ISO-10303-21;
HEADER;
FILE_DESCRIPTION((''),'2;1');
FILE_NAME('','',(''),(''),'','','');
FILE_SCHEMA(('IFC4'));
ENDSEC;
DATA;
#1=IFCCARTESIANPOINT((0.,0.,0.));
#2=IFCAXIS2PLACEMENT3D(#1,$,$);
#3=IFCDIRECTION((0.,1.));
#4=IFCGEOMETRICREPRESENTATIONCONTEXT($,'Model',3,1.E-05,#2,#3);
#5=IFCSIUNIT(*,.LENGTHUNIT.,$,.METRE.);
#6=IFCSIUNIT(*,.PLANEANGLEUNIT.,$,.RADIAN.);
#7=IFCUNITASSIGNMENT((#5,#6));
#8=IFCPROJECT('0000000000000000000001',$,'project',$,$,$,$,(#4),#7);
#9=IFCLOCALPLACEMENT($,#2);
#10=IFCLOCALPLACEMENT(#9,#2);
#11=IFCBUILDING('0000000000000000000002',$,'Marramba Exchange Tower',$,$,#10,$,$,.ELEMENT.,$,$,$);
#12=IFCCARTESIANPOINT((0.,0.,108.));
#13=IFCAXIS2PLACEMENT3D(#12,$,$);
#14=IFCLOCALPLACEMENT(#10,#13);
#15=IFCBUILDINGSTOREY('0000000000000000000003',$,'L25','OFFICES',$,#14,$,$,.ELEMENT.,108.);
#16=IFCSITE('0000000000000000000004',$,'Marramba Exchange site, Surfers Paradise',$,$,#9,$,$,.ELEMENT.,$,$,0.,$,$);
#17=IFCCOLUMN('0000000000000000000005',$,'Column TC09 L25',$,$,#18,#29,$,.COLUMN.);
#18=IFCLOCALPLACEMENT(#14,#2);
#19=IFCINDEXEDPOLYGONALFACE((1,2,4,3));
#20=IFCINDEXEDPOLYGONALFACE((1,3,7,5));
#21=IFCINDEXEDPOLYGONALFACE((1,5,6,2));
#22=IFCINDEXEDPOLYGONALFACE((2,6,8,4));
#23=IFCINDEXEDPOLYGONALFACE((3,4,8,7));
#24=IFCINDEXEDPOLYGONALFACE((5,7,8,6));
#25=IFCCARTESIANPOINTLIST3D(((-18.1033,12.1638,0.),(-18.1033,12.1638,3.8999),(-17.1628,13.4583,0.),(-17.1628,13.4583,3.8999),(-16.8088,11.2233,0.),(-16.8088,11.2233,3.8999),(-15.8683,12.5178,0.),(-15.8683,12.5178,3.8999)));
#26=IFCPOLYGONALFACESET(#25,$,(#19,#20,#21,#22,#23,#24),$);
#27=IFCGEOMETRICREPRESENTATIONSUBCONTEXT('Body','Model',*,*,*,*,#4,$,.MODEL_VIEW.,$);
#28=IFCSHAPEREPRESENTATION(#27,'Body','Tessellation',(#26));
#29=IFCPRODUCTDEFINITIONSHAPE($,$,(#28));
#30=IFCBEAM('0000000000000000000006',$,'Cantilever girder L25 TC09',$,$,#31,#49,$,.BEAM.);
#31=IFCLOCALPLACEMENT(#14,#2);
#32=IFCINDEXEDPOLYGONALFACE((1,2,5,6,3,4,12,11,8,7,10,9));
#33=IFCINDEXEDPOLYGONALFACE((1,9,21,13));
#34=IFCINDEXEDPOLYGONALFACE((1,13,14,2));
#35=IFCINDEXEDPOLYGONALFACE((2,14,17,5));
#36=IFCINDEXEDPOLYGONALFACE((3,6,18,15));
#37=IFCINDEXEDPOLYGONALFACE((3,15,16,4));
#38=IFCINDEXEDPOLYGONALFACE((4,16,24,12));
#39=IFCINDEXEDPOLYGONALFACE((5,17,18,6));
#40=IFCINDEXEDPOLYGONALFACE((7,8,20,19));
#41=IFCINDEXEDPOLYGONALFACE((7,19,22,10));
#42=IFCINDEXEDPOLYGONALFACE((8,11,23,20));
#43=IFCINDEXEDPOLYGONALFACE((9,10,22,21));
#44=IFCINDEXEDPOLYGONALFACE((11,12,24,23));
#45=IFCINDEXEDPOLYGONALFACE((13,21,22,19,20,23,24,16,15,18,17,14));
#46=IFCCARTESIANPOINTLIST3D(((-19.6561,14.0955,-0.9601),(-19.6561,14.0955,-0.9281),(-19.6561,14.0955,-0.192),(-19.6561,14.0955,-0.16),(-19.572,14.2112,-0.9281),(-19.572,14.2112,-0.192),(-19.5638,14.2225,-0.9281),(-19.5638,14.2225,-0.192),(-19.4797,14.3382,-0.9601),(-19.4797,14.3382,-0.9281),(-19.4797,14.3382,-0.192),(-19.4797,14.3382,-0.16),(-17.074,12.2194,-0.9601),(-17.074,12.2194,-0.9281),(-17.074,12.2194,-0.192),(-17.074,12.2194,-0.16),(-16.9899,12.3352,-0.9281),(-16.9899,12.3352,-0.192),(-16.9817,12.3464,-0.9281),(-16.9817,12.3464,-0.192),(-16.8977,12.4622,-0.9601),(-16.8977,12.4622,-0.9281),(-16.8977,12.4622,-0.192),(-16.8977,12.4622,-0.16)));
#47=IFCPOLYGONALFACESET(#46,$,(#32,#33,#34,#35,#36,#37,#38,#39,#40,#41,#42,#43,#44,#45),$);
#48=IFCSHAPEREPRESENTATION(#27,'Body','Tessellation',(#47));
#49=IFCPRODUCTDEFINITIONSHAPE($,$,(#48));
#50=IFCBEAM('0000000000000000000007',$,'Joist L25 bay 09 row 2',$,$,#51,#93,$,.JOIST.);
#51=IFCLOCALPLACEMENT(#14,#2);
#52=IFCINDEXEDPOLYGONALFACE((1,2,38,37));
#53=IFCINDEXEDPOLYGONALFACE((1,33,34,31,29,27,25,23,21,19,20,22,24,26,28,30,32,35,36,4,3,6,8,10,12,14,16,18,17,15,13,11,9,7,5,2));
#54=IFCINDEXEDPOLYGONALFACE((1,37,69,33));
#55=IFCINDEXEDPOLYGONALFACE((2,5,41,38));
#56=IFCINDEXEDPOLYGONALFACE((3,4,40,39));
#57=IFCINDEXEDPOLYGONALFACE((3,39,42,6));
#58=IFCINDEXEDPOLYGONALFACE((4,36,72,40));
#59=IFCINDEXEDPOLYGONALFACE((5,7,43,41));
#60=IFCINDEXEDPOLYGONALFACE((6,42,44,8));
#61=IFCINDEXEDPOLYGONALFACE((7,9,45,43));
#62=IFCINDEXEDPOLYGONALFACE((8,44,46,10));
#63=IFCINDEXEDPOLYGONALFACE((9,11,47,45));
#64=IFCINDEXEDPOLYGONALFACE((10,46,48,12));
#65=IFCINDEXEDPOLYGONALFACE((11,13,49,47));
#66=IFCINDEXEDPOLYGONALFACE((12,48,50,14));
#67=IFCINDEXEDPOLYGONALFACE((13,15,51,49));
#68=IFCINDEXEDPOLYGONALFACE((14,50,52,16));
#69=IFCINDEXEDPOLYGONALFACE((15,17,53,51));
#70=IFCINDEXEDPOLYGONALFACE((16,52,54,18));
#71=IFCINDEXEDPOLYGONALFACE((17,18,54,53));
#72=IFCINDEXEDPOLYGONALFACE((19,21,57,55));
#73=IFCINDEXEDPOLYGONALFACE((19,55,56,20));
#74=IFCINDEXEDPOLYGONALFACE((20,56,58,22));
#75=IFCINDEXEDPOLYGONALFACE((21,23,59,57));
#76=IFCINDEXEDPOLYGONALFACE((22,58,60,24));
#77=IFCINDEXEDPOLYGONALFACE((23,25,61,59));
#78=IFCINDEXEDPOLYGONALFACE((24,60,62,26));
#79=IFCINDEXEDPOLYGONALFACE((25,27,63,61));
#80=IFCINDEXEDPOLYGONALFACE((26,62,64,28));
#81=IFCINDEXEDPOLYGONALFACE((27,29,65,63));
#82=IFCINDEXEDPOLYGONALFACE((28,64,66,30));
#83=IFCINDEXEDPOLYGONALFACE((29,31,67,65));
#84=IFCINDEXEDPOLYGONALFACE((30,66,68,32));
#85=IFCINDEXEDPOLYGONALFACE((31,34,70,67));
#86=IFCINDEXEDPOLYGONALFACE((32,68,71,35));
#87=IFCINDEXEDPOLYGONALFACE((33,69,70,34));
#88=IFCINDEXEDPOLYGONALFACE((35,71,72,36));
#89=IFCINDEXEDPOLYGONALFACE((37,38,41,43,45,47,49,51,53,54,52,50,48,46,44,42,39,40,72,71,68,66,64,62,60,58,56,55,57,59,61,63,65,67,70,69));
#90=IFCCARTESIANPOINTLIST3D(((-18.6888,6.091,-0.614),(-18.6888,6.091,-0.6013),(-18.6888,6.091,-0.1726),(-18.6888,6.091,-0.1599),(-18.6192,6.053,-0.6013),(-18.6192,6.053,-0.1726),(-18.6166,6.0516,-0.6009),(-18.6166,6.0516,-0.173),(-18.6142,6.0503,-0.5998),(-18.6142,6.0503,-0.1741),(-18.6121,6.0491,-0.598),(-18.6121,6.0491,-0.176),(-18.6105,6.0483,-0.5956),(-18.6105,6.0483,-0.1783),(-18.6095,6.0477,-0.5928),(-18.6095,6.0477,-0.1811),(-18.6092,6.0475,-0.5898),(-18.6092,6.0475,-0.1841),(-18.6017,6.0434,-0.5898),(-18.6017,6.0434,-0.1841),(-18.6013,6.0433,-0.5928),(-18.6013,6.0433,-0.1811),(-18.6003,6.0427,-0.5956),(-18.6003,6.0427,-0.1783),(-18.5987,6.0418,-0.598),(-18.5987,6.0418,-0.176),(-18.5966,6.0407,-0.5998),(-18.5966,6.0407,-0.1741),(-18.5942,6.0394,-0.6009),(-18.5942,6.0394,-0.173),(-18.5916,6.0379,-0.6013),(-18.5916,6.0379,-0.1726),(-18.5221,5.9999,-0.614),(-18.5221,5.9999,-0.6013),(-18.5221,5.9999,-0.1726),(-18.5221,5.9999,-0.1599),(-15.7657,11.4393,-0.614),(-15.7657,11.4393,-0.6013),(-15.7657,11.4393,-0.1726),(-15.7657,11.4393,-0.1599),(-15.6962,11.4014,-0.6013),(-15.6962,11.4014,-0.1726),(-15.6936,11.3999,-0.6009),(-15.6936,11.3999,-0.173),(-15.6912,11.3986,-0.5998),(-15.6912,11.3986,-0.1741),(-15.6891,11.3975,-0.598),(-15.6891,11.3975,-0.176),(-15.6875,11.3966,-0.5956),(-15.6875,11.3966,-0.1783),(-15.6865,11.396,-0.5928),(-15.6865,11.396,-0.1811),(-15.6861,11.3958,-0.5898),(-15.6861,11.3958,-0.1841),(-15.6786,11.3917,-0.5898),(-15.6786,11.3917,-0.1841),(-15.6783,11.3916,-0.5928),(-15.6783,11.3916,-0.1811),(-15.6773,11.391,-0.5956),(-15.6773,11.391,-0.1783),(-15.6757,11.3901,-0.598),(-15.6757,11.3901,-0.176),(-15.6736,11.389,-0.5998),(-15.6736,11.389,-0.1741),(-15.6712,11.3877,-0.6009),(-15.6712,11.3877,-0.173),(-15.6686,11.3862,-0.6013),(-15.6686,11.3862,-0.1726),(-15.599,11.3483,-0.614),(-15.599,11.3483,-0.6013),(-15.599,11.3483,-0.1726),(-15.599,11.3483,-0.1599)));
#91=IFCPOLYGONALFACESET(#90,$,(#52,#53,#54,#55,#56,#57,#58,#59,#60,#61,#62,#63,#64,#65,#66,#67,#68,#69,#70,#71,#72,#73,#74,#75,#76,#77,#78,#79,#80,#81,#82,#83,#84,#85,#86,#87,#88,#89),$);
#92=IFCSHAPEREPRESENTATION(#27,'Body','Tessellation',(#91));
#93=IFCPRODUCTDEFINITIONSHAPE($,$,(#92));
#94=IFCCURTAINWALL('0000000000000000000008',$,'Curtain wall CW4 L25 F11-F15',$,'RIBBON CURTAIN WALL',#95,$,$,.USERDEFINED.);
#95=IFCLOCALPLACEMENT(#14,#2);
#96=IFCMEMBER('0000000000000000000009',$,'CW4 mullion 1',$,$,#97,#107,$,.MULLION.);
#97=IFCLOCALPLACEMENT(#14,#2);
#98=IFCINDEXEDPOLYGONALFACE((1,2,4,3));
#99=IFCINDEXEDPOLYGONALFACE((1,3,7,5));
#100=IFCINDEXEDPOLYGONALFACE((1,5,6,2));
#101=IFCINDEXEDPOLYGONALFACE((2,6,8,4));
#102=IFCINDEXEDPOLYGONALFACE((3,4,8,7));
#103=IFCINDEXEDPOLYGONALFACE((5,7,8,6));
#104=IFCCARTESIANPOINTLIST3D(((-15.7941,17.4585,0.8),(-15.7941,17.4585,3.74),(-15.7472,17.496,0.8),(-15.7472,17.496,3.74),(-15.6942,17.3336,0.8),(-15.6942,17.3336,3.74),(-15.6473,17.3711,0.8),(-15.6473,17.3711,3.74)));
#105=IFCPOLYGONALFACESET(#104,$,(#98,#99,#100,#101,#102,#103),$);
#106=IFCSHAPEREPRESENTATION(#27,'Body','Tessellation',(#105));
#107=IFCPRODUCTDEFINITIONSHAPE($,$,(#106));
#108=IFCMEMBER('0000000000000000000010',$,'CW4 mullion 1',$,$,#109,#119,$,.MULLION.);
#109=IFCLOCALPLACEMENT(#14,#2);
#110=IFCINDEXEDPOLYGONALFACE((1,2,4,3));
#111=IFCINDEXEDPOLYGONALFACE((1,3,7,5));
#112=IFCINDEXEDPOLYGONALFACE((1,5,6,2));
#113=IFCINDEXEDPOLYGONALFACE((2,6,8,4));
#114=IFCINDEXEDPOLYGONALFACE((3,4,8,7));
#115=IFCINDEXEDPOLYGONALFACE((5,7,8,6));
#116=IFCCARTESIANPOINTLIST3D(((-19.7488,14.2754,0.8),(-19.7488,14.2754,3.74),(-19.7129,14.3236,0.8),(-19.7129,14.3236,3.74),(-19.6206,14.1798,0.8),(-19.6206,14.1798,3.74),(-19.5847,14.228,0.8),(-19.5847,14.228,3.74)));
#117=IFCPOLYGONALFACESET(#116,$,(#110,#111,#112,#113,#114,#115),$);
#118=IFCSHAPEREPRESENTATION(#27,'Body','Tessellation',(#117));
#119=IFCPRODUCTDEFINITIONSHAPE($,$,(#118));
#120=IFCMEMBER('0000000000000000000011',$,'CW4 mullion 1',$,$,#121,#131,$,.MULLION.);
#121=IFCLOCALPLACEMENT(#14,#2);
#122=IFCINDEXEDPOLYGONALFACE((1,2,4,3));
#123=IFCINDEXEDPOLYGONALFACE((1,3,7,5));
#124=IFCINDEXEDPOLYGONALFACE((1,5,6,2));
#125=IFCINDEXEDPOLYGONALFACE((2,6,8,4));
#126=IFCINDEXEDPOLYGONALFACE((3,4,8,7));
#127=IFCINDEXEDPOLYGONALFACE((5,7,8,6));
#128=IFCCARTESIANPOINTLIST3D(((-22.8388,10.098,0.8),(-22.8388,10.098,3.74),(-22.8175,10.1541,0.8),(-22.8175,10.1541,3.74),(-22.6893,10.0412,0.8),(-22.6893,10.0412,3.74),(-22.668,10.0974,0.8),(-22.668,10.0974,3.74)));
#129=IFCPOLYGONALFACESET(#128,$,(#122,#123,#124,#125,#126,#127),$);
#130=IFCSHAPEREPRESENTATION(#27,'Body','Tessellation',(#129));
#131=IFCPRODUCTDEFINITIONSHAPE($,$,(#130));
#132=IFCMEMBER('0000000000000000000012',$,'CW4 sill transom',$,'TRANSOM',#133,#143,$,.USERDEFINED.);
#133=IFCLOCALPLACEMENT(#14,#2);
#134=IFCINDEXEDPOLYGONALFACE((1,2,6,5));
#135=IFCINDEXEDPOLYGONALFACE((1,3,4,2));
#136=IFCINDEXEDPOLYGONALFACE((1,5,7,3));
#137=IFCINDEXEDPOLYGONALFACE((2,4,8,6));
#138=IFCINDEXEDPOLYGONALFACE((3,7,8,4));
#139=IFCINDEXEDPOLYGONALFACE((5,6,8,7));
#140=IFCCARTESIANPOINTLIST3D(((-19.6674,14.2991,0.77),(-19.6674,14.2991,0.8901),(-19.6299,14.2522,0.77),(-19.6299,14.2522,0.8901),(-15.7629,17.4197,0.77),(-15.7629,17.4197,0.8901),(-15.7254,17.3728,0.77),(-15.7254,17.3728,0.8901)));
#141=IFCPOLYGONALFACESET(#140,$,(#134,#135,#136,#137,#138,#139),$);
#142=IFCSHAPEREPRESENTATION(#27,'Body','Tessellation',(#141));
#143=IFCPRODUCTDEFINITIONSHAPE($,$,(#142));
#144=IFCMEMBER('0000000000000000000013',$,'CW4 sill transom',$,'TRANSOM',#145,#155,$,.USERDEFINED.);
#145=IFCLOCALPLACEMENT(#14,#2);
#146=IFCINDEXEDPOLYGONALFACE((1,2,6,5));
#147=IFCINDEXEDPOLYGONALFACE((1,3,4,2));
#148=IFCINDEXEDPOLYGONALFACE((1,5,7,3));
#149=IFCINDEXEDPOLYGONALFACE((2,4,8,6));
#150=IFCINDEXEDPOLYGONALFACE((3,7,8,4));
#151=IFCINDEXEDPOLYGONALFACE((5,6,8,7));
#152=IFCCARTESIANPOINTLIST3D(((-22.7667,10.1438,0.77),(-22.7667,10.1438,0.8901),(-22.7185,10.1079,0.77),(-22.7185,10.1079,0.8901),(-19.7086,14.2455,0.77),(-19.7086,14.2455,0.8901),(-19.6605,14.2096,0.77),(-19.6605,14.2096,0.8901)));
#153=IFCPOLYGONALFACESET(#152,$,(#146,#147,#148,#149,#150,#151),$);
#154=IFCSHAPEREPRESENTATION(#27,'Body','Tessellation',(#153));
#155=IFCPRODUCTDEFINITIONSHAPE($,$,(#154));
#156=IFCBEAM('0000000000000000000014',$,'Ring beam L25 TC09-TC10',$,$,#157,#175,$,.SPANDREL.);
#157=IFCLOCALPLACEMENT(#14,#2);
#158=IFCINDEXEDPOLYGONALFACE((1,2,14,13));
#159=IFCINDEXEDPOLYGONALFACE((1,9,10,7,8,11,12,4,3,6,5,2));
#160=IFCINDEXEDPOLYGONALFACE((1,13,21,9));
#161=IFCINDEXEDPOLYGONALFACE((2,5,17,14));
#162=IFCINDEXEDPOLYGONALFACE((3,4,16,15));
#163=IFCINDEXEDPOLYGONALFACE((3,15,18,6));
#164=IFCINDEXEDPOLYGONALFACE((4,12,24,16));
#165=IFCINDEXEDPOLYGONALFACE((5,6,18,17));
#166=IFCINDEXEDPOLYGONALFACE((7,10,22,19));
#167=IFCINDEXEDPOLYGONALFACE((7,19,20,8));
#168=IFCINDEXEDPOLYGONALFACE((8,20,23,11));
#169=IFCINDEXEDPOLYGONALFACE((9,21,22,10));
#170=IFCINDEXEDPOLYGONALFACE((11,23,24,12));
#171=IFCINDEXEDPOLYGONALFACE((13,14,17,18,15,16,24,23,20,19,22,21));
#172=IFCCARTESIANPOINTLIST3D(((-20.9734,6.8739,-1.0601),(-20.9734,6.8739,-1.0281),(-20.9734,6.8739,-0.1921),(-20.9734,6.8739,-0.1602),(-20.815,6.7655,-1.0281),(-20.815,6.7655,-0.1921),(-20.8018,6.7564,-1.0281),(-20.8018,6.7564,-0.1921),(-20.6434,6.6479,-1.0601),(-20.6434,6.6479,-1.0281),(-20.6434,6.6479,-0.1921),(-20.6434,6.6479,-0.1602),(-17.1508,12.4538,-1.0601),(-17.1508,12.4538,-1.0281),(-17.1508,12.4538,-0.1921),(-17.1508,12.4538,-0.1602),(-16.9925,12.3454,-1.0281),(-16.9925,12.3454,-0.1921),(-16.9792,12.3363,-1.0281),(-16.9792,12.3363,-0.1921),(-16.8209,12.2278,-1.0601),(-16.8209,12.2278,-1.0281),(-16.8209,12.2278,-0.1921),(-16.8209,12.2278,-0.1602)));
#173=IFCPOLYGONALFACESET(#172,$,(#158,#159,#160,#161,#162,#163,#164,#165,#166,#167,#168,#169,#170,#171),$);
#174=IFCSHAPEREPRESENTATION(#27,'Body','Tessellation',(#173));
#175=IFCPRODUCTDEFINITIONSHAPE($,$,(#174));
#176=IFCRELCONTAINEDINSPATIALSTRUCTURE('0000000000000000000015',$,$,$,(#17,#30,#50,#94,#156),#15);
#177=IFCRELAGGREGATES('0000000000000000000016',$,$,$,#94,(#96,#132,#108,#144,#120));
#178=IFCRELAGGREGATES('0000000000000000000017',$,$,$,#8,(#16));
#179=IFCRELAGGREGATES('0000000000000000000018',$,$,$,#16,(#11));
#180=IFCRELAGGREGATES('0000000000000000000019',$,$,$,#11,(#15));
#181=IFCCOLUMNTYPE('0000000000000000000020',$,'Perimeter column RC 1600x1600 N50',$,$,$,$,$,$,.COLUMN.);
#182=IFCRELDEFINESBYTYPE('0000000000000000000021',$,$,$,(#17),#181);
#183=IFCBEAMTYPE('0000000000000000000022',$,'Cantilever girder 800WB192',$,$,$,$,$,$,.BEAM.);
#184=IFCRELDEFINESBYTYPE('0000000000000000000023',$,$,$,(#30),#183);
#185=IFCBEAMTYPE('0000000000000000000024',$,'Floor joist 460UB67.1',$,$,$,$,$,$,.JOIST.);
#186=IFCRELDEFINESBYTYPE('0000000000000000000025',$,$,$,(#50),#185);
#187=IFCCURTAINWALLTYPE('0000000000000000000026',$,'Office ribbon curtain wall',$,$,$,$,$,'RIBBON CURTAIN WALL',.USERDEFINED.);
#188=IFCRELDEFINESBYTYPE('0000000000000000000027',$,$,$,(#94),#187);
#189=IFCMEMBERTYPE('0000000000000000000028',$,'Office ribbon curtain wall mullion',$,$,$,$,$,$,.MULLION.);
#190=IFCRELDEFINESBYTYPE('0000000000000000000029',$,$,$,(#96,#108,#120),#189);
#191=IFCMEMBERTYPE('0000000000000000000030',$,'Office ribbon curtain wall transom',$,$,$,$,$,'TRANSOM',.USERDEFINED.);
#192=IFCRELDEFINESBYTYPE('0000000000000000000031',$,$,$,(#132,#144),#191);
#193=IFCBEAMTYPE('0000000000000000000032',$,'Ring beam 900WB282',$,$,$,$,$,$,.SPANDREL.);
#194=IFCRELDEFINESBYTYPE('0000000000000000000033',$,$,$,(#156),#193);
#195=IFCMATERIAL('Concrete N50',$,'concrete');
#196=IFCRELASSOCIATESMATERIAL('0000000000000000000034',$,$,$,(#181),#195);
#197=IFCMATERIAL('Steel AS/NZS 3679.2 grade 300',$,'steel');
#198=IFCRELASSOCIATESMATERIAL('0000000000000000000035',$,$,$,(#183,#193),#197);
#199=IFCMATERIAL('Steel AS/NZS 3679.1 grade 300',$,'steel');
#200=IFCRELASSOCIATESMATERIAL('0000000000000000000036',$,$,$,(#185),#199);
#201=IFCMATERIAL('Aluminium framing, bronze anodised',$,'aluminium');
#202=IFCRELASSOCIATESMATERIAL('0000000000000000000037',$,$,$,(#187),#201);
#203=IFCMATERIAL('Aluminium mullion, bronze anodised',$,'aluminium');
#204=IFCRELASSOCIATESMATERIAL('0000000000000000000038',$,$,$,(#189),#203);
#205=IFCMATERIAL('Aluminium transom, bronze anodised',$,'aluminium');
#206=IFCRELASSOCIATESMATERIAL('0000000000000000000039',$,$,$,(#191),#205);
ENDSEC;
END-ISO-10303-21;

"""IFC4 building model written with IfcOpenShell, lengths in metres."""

from ifc_helpers import new_model, si_unit, direction, frame, origin, origin_2d, place, context, subcontext, project, spatial, rectangle, i_section, extrude, material, material_profile, profile_set, type_object, element, aggregate, save


model = new_model("IFC4")

# Units and contexts
model_context = context("Model", 3, precision=1e-05, world=origin(), true_north=direction((0.0, 1.0)))
body_context = subcontext(model_context, "Body", "Model", "MODEL_VIEW")
ifc_project = project(units=[si_unit("LENGTHUNIT", "METRE"), si_unit("PLANEANGLEUNIT", "RADIAN")], contexts=[model_context])

# Site, building, storey
site_placement = place(None, origin())
site = spatial("IfcSite", under=ifc_project, at=site_placement, Name="Marramba Exchange site, Surfers Paradise", CompositionType="ELEMENT", RefElevation=0.0)
building_placement = place(site_placement, origin())
building = spatial("IfcBuilding", under=site, at=building_placement, Name="Marramba Exchange Tower", CompositionType="ELEMENT")
storey_placement = place(building_placement, frame((0.0, 0.0, 108.0)))
storey = spatial("IfcBuildingStorey", under=building, at=storey_placement, Name="L25", Description="OFFICES", CompositionType="ELEMENT", Elevation=108.0)

# Column
ifc_material_1 = material(Name="Concrete N50", Category="concrete")
ifc_material_profile_1 = material_profile(ifc_material_1, rectangle(XDim=1.6001, YDim=1.6001, at=origin_2d()), Name="RC 1600x1600")
ifc_profile_set_1 = profile_set([ifc_material_profile_1], Name="Concrete N50")
column_type = type_object("IfcColumnType", Name="Perimeter column RC 1600x1600 N50", PredefinedType="COLUMN", material=ifc_profile_set_1)
column_placement = place(storey_placement, frame((-16.9858, 12.3408, 0.0), z_axis=(0.0, 0.0, 1.0), x_axis=(-0.809017, 0.587785, 0.0)))
element("IfcColumn", 1, at=column_placement, inside=storey, type_object=column_type, Name="Column TC09 L25", PredefinedType="COLUMN", context=body_context, shape_type="SweptSolid", body=[
    extrude(rectangle(XDim=1.6001, YDim=1.6001, at=origin_2d()), origin(), (0.0, 0.0, 1.0), 3.8999),
])

# Beams
ifc_material_2 = material(Name="Steel AS/NZS 3679.2 grade 300", Category="steel")
ifc_material_profile_2 = material_profile(ifc_material_2, i_section(OverallWidth=0.3, OverallDepth=0.8, WebThickness=0.0139, FlangeThickness=0.032, at=origin_2d()), Name="800WB192")
ifc_profile_set_2 = profile_set([ifc_material_profile_2], Name="Steel AS/NZS 3679.2 grade 300")
beam_type_1 = type_object("IfcBeamType", Name="Cantilever girder 800WB192", PredefinedType="BEAM", material=ifc_profile_set_2)
beam_1_placement = place(storey_placement, frame((-16.9858, 12.3408, -0.5601), z_axis=(-0.809014, 0.58779, 0.0), x_axis=(-0.58779, -0.809014, 0.0)))
element("IfcBeam", 2, at=beam_1_placement, inside=storey, type_object=beam_type_1, Name="Cantilever girder L25 TC09", PredefinedType="BEAM", context=body_context, shape_type="SweptSolid", body=[
    extrude(i_section(OverallWidth=0.3, OverallDepth=0.8, WebThickness=0.0139, FlangeThickness=0.032, at=origin_2d()), origin(), (0.0, 0.0, 1.0), 3.1917),
])
ifc_material_3 = material(Name="Steel AS/NZS 3679.1 grade 300", Category="steel")
ifc_material_profile_3 = material_profile(ifc_material_3, i_section(OverallWidth=0.1899, OverallDepth=0.4541, WebThickness=0.0085, FlangeThickness=0.0127, FilletRadius=0.0115, at=origin_2d()), Name="460UB67.1")
ifc_profile_set_3 = profile_set([ifc_material_profile_3], Name="Steel AS/NZS 3679.1 grade 300")
beam_type_2 = type_object("IfcBeamType", Name="Floor joist 460UB67.1", PredefinedType="JOIST", material=ifc_profile_set_3)
beam_2_placement = place(storey_placement, frame((-15.6824, 11.3938, -0.387), z_axis=(-0.479584, -0.877496, 0.0), x_axis=(0.877496, -0.479584, 0.0)))
element("IfcBeam", 3, at=beam_2_placement, inside=storey, type_object=beam_type_2, Name="Joist L25 bay 09 row 2", PredefinedType="JOIST", context=body_context, shape_type="SweptSolid", body=[
    extrude(i_section(OverallWidth=0.1899, OverallDepth=0.4541, WebThickness=0.0085, FlangeThickness=0.0127, FilletRadius=0.0115, at=origin_2d()), origin(), (0.0, 0.0, 1.0), 6.095),
])

# Curtain wall, members
ifc_material_4 = material(Name="Aluminium framing, bronze anodised", Category="aluminium")
curtain_wall_type = type_object("IfcCurtainWallType", Name="Office ribbon curtain wall", ElementType="RIBBON CURTAIN WALL", PredefinedType="USERDEFINED", material=ifc_material_4)
curtain_wall_placement = place(storey_placement, origin())
curtain_wall = element("IfcCurtainWall", 4, at=curtain_wall_placement, inside=storey, type_object=curtain_wall_type, Name="Curtain wall CW4 L25 F11-F15", ObjectType="RIBBON CURTAIN WALL", PredefinedType="USERDEFINED")
ifc_material_5 = material(Name="Aluminium mullion, bronze anodised", Category="aluminium")
ifc_material_profile_4 = material_profile(ifc_material_5, rectangle(XDim=0.1599, YDim=0.0601, at=origin_2d()), Name="CW4 mullion 60x160")
ifc_profile_set_4 = profile_set([ifc_material_profile_4], Name="Aluminium mullion, bronze anodised")
member_type_1 = type_object("IfcMemberType", Name="Office ribbon curtain wall mullion", PredefinedType="MULLION", material=ifc_profile_set_4)
member_1_placement = place(storey_placement, frame((-15.7207, 17.4148, 0.8), z_axis=(0.0, 0.0, 1.0), x_axis=(0.624308, -0.781178, 0.0)))
member_1 = element("IfcMember", 5, at=member_1_placement, type_object=member_type_1, Name="CW4 mullion 1", PredefinedType="MULLION", context=body_context, shape_type="SweptSolid", body=[
    extrude(rectangle(XDim=0.1599, YDim=0.0601, at=origin_2d()), origin(), (0.0, 0.0, 1.0), 2.9399),
])
member_2_placement = place(storey_placement, frame((-19.6667, 14.2517, 0.8), z_axis=(0.0, 0.0, 1.0), x_axis=(0.801717, -0.597704, 0.0)))
member_2 = element("IfcMember", 6, at=member_2_placement, type_object=member_type_1, Name="CW4 mullion 1", PredefinedType="MULLION", context=body_context, shape_type="SweptSolid", body=[
    extrude(rectangle(XDim=0.1599, YDim=0.0601, at=origin_2d()), origin(), (0.0, 0.0, 1.0), 2.9399),
])
member_3_placement = place(storey_placement, frame((-22.7534, 10.0977, 0.8), z_axis=(0.0, 0.0, 1.0), x_axis=(0.934925, -0.354844, 0.0)))
member_3 = element("IfcMember", 7, at=member_3_placement, type_object=member_type_1, Name="CW4 mullion 1", PredefinedType="MULLION", context=body_context, shape_type="SweptSolid", body=[
    extrude(rectangle(XDim=0.1599, YDim=0.0601, at=origin_2d()), origin(), (0.0, 0.0, 1.0), 2.9399),
])
ifc_material_6 = material(Name="Aluminium transom, bronze anodised", Category="aluminium")
ifc_material_profile_5 = material_profile(ifc_material_6, rectangle(XDim=0.0601, YDim=0.1201, at=origin_2d()), Name="CW4 transom 60x120")
ifc_profile_set_5 = profile_set([ifc_material_profile_5], Name="Aluminium transom, bronze anodised")
member_type_2 = type_object("IfcMemberType", Name="Office ribbon curtain wall transom", ElementType="TRANSOM", PredefinedType="USERDEFINED", material=ifc_profile_set_5)
member_4_placement = place(storey_placement, frame((-15.7441, 17.3962, 0.8301), z_axis=(-0.781164, -0.624326, 0.0), x_axis=(0.624326, -0.781164, 0.0)))
member_4 = element("IfcMember", 8, at=member_4_placement, type_object=member_type_2, Name="CW4 sill transom", ObjectType="TRANSOM", PredefinedType="USERDEFINED", context=body_context, shape_type="SweptSolid", body=[
    extrude(rectangle(XDim=0.0601, YDim=0.1201, at=origin_2d()), origin(), (0.0, 0.0, 1.0), 4.9983),
])
member_5_placement = place(storey_placement, frame((-19.6846, 14.2275, 0.8301), z_axis=(-0.597715, -0.801709, 0.0), x_axis=(0.801709, -0.597715, 0.0)))
member_5 = element("IfcMember", 9, at=member_5_placement, type_object=member_type_2, Name="CW4 sill transom", ObjectType="TRANSOM", PredefinedType="USERDEFINED", context=body_context, shape_type="SweptSolid", body=[
    extrude(rectangle(XDim=0.0601, YDim=0.1201, at=origin_2d()), origin(), (0.0, 0.0, 1.0), 5.1162),
])

# Beam
ifc_material_profile_6 = material_profile(ifc_material_2, i_section(OverallWidth=0.3999, OverallDepth=0.8999, WebThickness=0.0161, FlangeThickness=0.032, at=origin_2d()), Name="900WB282")
ifc_profile_set_6 = profile_set([ifc_material_profile_6], Name="Steel AS/NZS 3679.2 grade 300")
beam_type_3 = type_object("IfcBeamType", Name="Ring beam 900WB282", PredefinedType="SPANDREL", material=ifc_profile_set_6)
beam_3_placement = place(storey_placement, frame((-16.9858, 12.3408, -0.6101), z_axis=(-0.56516, -0.824981, 0.0), x_axis=(0.824981, -0.56516, 0.0)))
element("IfcBeam", 10, at=beam_3_placement, inside=storey, type_object=beam_type_3, Name="Ring beam L25 TC09-TC10", PredefinedType="SPANDREL", context=body_context, shape_type="SweptSolid", body=[
    extrude(i_section(OverallWidth=0.3999, OverallDepth=0.8999, WebThickness=0.0161, FlangeThickness=0.032, at=origin_2d()), origin(), (0.0, 0.0, 1.0), 6.7637),
])

aggregate(curtain_wall, [member_1, member_4, member_2, member_5, member_3])

save(model, "model.ifc")
